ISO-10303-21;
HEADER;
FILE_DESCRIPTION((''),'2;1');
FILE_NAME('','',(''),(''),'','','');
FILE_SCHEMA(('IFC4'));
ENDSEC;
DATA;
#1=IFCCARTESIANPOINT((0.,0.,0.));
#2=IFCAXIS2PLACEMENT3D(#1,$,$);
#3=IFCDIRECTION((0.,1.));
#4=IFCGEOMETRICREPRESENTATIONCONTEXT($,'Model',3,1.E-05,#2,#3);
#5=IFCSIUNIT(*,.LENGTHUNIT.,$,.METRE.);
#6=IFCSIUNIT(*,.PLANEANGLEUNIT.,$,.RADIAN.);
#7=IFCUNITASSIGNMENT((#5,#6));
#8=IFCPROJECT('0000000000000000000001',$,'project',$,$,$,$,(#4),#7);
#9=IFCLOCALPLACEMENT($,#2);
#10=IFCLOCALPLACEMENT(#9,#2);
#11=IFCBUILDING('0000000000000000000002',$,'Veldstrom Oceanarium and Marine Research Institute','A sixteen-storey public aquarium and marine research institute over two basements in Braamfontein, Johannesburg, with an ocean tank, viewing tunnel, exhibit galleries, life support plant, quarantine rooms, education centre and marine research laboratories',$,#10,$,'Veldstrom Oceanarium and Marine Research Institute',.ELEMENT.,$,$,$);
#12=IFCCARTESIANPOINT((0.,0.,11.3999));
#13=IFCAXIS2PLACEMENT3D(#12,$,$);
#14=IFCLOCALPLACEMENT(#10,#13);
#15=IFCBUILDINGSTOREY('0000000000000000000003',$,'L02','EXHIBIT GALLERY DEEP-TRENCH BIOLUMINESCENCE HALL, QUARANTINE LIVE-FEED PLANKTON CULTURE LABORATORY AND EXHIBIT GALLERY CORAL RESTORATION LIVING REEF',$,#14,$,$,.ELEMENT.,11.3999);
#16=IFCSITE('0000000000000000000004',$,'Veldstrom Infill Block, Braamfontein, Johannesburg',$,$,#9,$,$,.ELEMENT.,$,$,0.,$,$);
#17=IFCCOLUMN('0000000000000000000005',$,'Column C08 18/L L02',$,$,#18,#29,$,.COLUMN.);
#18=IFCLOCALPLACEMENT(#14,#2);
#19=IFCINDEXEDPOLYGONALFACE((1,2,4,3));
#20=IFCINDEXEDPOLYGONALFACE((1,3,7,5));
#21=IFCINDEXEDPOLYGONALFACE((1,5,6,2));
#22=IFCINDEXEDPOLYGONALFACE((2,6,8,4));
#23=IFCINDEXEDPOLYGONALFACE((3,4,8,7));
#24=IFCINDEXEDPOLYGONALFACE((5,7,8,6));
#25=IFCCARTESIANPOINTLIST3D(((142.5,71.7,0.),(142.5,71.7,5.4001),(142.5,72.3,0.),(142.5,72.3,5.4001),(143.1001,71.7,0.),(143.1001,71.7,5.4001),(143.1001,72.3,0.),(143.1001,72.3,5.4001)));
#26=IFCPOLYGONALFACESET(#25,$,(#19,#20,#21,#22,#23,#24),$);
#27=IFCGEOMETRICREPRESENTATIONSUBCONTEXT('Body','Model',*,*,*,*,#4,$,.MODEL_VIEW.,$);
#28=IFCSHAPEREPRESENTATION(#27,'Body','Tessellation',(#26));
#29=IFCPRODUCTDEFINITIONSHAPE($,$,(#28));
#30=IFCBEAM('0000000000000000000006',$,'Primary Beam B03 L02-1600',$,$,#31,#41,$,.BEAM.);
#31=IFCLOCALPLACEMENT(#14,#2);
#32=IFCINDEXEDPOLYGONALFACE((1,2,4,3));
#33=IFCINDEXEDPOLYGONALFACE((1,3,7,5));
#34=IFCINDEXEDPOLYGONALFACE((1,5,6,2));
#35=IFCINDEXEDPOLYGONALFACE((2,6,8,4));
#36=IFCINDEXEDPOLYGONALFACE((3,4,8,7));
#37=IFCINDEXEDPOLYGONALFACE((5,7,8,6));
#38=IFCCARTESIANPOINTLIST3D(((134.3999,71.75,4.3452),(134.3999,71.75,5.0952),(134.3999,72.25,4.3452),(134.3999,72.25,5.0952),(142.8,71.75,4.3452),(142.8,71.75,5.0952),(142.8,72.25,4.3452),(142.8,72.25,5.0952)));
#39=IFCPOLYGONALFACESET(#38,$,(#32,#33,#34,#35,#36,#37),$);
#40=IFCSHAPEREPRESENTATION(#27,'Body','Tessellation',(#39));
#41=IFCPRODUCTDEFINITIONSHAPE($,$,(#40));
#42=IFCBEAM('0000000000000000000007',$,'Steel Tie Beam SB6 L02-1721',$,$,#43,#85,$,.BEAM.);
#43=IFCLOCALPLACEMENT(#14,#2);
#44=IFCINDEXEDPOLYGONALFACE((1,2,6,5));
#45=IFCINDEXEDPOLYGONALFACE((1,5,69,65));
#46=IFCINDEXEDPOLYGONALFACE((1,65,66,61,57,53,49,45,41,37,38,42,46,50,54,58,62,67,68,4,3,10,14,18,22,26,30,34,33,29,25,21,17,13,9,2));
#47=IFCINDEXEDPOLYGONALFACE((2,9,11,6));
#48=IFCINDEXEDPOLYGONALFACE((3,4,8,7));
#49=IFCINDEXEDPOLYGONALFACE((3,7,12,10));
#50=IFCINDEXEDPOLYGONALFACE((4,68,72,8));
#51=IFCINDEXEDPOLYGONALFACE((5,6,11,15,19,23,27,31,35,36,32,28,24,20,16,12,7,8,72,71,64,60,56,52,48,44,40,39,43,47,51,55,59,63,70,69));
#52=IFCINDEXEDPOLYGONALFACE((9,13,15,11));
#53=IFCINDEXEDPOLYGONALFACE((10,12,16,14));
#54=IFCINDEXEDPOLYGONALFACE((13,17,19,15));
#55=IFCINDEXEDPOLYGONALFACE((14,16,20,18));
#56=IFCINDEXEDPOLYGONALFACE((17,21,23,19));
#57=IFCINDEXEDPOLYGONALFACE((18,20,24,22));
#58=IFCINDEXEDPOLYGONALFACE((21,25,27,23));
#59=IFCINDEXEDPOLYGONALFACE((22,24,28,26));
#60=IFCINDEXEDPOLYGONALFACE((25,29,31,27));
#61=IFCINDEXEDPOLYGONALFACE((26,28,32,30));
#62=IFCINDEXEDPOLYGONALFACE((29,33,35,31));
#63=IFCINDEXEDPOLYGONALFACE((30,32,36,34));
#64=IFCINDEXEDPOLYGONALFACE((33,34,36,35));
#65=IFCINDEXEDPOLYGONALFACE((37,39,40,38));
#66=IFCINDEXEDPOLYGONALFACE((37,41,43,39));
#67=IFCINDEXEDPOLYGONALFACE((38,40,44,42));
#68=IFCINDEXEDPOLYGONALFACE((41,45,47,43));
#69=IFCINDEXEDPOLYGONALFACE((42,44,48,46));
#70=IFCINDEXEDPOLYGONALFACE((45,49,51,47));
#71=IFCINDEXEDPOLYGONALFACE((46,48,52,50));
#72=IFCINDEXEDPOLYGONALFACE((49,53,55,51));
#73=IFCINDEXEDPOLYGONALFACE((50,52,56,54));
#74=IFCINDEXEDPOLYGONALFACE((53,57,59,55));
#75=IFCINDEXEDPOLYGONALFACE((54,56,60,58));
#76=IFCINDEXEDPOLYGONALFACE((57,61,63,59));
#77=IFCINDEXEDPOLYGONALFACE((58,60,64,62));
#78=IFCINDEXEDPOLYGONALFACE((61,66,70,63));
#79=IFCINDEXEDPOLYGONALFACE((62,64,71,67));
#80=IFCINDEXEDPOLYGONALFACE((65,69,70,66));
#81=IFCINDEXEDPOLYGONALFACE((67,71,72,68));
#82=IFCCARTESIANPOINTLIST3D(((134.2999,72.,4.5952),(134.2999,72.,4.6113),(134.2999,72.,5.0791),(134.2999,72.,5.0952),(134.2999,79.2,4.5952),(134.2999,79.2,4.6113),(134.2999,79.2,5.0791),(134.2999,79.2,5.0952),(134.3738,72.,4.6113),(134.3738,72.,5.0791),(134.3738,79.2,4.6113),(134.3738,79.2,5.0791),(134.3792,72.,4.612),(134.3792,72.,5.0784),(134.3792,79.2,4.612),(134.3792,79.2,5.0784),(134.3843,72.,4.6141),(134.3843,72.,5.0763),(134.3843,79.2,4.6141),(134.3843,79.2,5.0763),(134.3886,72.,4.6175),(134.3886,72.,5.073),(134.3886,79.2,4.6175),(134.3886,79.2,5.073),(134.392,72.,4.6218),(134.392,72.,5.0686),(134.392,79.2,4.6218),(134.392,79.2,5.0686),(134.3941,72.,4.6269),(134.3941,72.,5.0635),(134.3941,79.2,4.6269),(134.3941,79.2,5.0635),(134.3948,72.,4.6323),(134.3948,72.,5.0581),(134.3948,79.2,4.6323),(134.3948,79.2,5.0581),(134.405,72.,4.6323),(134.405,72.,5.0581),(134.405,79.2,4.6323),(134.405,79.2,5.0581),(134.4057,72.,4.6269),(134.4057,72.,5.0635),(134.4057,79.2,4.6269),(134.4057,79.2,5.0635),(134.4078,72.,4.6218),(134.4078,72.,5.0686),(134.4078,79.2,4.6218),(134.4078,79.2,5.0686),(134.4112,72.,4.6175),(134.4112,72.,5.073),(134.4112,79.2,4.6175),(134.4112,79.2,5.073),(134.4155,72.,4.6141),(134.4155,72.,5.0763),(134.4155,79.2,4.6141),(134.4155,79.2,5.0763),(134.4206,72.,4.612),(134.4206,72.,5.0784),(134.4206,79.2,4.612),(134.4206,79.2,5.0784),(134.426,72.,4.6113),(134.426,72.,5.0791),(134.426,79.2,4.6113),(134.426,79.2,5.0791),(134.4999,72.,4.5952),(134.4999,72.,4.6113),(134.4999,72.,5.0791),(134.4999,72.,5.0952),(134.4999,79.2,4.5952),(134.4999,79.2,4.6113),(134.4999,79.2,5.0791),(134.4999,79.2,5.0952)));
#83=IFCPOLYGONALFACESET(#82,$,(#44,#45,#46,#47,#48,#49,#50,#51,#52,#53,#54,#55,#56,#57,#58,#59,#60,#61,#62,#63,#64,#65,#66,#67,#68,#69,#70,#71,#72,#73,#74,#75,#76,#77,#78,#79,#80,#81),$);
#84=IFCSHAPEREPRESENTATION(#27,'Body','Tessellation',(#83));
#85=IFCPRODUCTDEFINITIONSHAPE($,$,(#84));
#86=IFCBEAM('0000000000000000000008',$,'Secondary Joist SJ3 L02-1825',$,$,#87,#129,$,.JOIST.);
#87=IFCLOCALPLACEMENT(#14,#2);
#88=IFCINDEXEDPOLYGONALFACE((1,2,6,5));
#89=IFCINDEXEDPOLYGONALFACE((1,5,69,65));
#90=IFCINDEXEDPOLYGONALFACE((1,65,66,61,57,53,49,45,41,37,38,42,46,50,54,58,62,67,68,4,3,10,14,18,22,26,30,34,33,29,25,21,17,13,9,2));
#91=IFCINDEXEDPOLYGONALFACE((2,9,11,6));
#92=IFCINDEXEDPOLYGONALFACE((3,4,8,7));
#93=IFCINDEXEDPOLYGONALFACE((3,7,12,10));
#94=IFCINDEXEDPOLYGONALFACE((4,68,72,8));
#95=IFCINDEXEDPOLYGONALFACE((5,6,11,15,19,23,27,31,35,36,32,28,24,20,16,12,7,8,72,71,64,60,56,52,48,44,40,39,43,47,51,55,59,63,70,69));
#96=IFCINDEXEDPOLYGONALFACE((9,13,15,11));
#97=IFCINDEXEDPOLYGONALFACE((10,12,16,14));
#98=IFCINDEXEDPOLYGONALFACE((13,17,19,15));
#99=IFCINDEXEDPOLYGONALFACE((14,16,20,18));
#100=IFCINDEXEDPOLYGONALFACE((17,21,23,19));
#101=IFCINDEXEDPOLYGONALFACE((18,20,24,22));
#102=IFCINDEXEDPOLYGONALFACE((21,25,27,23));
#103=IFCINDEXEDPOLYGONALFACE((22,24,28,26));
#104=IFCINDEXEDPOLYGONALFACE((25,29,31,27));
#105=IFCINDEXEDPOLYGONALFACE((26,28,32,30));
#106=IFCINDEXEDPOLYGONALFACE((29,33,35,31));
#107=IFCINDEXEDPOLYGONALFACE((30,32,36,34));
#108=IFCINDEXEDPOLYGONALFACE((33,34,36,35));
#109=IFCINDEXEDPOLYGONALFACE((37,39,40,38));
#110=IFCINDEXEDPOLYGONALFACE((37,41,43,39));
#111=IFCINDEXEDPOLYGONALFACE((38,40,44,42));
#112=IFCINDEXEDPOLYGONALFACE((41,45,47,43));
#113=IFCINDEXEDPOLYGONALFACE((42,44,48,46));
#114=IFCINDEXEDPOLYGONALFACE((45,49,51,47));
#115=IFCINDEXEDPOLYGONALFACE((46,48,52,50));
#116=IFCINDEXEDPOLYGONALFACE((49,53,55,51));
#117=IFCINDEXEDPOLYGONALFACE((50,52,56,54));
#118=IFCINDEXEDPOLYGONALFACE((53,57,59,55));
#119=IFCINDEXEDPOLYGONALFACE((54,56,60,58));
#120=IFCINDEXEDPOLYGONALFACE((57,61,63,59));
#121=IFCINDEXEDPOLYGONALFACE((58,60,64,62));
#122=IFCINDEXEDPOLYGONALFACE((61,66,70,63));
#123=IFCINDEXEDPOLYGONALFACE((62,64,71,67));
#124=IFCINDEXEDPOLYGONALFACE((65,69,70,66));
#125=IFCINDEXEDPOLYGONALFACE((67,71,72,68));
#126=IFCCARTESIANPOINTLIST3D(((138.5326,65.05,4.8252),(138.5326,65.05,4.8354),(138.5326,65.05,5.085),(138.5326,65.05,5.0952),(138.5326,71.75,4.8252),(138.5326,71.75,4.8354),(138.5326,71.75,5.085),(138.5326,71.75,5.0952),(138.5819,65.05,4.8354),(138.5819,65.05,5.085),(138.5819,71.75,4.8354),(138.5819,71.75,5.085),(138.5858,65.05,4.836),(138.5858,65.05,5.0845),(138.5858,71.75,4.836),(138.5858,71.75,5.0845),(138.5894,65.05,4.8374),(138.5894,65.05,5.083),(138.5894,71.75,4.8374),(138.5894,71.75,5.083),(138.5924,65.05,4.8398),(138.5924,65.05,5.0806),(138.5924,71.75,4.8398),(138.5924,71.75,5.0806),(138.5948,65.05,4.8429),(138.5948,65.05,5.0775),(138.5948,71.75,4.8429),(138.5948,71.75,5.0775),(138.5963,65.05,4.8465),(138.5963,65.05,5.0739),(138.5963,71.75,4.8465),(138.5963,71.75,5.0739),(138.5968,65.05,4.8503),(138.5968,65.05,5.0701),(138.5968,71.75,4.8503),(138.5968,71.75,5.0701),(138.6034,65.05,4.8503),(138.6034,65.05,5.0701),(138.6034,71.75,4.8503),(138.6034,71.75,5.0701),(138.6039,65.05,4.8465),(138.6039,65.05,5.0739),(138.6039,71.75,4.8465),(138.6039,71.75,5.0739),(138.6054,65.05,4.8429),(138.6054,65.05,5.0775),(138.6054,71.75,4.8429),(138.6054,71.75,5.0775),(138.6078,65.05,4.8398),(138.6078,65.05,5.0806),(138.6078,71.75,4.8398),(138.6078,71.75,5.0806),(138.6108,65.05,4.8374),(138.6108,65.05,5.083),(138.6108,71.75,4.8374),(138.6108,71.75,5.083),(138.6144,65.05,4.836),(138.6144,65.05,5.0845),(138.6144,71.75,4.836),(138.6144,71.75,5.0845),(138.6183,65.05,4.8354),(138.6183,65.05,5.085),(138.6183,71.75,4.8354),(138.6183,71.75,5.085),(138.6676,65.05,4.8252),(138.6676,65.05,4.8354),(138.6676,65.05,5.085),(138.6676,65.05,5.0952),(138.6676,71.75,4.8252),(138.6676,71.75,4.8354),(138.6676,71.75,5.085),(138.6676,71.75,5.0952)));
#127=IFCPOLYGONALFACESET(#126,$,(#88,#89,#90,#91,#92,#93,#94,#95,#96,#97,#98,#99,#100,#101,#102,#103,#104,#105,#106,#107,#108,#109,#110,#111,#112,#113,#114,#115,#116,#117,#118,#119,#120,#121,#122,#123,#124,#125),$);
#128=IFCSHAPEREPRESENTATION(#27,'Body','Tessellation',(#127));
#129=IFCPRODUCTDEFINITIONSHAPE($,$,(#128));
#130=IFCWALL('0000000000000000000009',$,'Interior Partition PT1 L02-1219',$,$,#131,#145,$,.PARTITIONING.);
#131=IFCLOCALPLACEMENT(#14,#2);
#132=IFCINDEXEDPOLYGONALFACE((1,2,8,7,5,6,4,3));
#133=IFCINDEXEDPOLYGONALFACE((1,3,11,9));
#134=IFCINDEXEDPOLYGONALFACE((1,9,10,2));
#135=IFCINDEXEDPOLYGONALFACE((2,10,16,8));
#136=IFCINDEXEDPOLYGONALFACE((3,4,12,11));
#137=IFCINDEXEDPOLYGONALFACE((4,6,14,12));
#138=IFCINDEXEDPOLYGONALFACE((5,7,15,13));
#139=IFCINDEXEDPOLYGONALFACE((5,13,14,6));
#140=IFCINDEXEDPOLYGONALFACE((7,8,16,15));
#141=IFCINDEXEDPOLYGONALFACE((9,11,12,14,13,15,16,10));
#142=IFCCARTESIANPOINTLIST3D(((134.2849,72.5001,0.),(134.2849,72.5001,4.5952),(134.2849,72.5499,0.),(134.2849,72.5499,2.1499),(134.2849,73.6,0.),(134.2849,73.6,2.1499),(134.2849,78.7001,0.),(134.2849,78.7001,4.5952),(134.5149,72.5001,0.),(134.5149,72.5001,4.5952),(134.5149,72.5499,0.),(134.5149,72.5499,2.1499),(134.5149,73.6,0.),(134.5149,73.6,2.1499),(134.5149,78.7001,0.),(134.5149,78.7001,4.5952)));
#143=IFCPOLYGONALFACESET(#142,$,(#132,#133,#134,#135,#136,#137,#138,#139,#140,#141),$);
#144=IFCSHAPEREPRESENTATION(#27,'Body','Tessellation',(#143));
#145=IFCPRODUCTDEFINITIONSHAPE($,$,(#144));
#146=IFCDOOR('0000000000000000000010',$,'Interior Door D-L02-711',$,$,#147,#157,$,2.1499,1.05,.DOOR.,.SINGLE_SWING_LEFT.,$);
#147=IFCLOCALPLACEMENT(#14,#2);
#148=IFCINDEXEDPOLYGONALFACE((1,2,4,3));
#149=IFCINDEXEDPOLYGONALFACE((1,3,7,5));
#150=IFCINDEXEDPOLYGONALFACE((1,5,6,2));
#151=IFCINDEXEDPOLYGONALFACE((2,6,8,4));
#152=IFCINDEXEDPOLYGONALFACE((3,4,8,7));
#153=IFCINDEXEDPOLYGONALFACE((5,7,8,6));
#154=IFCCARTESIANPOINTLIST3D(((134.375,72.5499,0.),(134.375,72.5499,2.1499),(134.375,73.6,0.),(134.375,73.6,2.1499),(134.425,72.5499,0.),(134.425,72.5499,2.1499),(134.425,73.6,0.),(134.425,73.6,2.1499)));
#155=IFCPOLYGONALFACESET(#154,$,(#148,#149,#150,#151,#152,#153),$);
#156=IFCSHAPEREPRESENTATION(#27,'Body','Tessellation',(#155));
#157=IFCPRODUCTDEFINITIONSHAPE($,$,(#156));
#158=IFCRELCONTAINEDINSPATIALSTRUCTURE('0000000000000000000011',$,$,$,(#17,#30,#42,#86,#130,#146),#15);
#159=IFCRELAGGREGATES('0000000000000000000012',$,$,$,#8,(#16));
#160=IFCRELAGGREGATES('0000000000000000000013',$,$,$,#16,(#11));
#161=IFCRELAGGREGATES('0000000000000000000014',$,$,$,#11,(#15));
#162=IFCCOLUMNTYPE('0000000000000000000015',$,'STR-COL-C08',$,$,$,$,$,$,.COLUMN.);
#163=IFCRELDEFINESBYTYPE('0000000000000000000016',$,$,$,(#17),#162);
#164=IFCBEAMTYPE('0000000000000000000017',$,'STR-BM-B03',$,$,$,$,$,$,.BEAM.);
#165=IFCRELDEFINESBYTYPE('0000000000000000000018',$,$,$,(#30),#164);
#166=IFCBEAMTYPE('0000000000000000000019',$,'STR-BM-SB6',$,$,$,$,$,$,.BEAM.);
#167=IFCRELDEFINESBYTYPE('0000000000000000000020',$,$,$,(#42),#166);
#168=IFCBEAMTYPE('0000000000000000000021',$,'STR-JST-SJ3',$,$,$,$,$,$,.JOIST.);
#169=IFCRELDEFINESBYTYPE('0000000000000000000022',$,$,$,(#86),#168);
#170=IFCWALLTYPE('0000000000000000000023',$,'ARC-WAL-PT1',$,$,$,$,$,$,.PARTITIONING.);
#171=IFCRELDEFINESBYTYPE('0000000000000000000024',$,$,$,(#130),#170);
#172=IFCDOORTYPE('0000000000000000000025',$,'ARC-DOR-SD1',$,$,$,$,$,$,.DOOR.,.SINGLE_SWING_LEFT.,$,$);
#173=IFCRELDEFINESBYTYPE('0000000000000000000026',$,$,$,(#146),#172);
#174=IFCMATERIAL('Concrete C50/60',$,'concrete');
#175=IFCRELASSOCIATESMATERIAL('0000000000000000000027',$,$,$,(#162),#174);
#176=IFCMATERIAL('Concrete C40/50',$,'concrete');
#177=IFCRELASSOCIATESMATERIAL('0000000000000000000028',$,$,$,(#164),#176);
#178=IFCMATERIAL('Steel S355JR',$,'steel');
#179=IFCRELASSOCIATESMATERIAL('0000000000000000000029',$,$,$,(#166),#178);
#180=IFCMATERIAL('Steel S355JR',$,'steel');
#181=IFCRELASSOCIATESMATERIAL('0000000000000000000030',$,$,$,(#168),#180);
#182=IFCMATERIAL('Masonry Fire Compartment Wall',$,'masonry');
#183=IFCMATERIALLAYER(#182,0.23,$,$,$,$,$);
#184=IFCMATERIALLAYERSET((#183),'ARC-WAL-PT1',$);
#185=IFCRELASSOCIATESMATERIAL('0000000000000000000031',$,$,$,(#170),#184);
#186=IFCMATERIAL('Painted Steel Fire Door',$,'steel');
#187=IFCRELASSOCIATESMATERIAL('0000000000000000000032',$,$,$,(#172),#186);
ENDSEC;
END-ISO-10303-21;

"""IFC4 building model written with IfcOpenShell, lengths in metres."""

from ifc_helpers import new_model, si_unit, direction, frame, frame_2d, origin, origin_2d, place, context, subcontext, project, spatial, rectangle, i_section, extrude, material, layer, layer_set, material_profile, profile_set, type_object, element, fill, save


model = new_model("IFC4")

# Units and contexts
model_context = context("Model", 3, precision=1e-05, world=origin(), true_north=direction((0.0, 1.0)))
body_context = subcontext(model_context, "Body", "Model", "MODEL_VIEW")
ifc_project = project(units=[si_unit("LENGTHUNIT", "METRE"), si_unit("PLANEANGLEUNIT", "RADIAN")], contexts=[model_context])

# Site, building, storey
site_placement = place(None, origin())
site = spatial("IfcSite", under=ifc_project, at=site_placement, Name="Veldstrom Infill Block, Braamfontein, Johannesburg", CompositionType="ELEMENT", RefElevation=0.0)
building_placement = place(site_placement, origin())
building = spatial("IfcBuilding", under=site, at=building_placement, Name="Veldstrom Oceanarium and Marine Research Institute", Description="A sixteen-storey public aquarium and marine research institute over two basements in Braamfontein, Johannesburg, with an ocean tank, viewing tunnel, exhibit galleries, life support plant, quarantine rooms, education centre and marine research laboratories", LongName="Veldstrom Oceanarium and Marine Research Institute", CompositionType="ELEMENT")
storey_placement = place(building_placement, frame((0.0, 0.0, 11.3999)))
storey = spatial("IfcBuildingStorey", under=building, at=storey_placement, Name="L02", Description="EXHIBIT GALLERY DEEP-TRENCH BIOLUMINESCENCE HALL, QUARANTINE LIVE-FEED PLANKTON CULTURE LABORATORY AND EXHIBIT GALLERY CORAL RESTORATION LIVING REEF", CompositionType="ELEMENT", Elevation=11.3999)

# Column
ifc_material_1 = material(Name="Concrete C50/60", Category="concrete")
ifc_material_profile_1 = material_profile(ifc_material_1, rectangle(XDim=0.6001, YDim=0.6001, at=origin_2d()), Name="RC-COL-600x600")
ifc_profile_set_1 = profile_set([ifc_material_profile_1], Name="Concrete C50/60")
column_type = type_object("IfcColumnType", Name="STR-COL-C08", PredefinedType="COLUMN", material=ifc_profile_set_1)
column_placement = place(storey_placement, frame((142.8, 72.0, 0.0), z_axis=(0.0, 0.0, 1.0), x_axis=(1.0, 0.0, 0.0)))
element("IfcColumn", 1, at=column_placement, inside=storey, type_object=column_type, Name="Column C08 18/L L02", PredefinedType="COLUMN", context=body_context, shape_type="SweptSolid", body=[
    extrude(rectangle(XDim=0.6001, YDim=0.6001, at=origin_2d()), origin(), (0.0, 0.0, 1.0), 5.4001),
])

# Beams
ifc_material_2 = material(Name="Concrete C40/50", Category="concrete")
ifc_material_profile_2 = material_profile(ifc_material_2, rectangle(XDim=0.5, YDim=0.75, at=origin_2d()), Name="RC-BM-500x750")
ifc_profile_set_2 = profile_set([ifc_material_profile_2], Name="Concrete C40/50")
beam_type_1 = type_object("IfcBeamType", Name="STR-BM-B03", PredefinedType="BEAM", material=ifc_profile_set_2)
beam_1_placement = place(storey_placement, frame((134.3999, 72.0, 4.7202), z_axis=(1.0, 0.0, 0.0), x_axis=(0.0, 1.0, 0.0)))
element("IfcBeam", 2, at=beam_1_placement, inside=storey, type_object=beam_type_1, Name="Primary Beam B03 L02-1600", PredefinedType="BEAM", context=body_context, shape_type="SweptSolid", body=[
    extrude(rectangle(XDim=0.5, YDim=0.75, at=origin_2d()), origin(), (0.0, 0.0, 1.0), 8.4001),
])
ifc_material_3 = material(Name="Steel S355JR", Category="steel")
ifc_material_profile_3 = material_profile(ifc_material_3, i_section(OverallWidth=0.2, OverallDepth=0.5, WebThickness=0.0103, FlangeThickness=0.0161, FilletRadius=0.021, at=origin_2d()), Name="IPE 500")
ifc_profile_set_3 = profile_set([ifc_material_profile_3], Name="Steel S355JR")
beam_type_2 = type_object("IfcBeamType", Name="STR-BM-SB6", PredefinedType="BEAM", material=ifc_profile_set_3)
beam_2_placement = place(storey_placement, frame((134.3999, 72.0, 4.8452), z_axis=(0.0, 1.0, 0.0), x_axis=(-1.0, 0.0, 0.0)))
element("IfcBeam", 3, at=beam_2_placement, inside=storey, type_object=beam_type_2, Name="Steel Tie Beam SB6 L02-1721", PredefinedType="BEAM", context=body_context, shape_type="SweptSolid", body=[
    extrude(i_section(OverallWidth=0.2, OverallDepth=0.5, WebThickness=0.0103, FlangeThickness=0.0161, FilletRadius=0.021, at=origin_2d()), origin(), (0.0, 0.0, 1.0), 7.2),
])
ifc_material_4 = material(Name="Steel S355JR", Category="steel")
ifc_material_profile_4 = material_profile(ifc_material_4, i_section(OverallWidth=0.135, OverallDepth=0.27, WebThickness=0.0066, FlangeThickness=0.0103, FilletRadius=0.0149, at=origin_2d()), Name="IPE 270")
ifc_profile_set_4 = profile_set([ifc_material_profile_4], Name="Steel S355JR")
beam_type_3 = type_object("IfcBeamType", Name="STR-JST-SJ3", PredefinedType="JOIST", material=ifc_profile_set_4)
beam_3_placement = place(storey_placement, frame((138.6001, 65.05, 4.9602), z_axis=(0.0, 1.0, 0.0), x_axis=(-1.0, 0.0, 0.0)))
element("IfcBeam", 4, at=beam_3_placement, inside=storey, type_object=beam_type_3, Name="Secondary Joist SJ3 L02-1825", PredefinedType="JOIST", context=body_context, shape_type="SweptSolid", body=[
    extrude(i_section(OverallWidth=0.135, OverallDepth=0.27, WebThickness=0.0066, FlangeThickness=0.0103, FilletRadius=0.0149, at=origin_2d()), origin(), (0.0, 0.0, 1.0), 6.7),
])

# Wall, opening, door
ifc_material_5 = material(Name="Masonry Fire Compartment Wall", Category="masonry")
ifc_layer_1 = layer(ifc_material_5, 0.23)
ifc_layer_set_1 = layer_set([ifc_layer_1], Name="ARC-WAL-PT1")
wall_type_1 = type_object("IfcWallType", Name="ARC-WAL-PT1", PredefinedType="PARTITIONING", material=ifc_layer_set_1)
wall_1_placement = place(storey_placement, frame((134.3999, 72.5, 0.0), z_axis=(0.0, 0.0, 1.0), x_axis=(0.0, 1.0, 0.0)))
wall_1 = element("IfcWall", 5, at=wall_1_placement, inside=storey, type_object=wall_type_1, Name="Interior Partition PT1 L02-1219", PredefinedType="PARTITIONING", context=body_context, shape_type="SweptSolid", body=[
    extrude(rectangle(XDim=6.2, YDim=0.23, at=frame_2d((3.1001, 0.0))), origin(), (0.0, 0.0, 1.0), 4.5952),
])
opening_1_placement = place(wall_1_placement, frame((0.05, 0.0, 0.0)))
opening_1 = element("IfcOpeningElement", 6, at=opening_1_placement, cuts=wall_1, PredefinedType="OPENING", context=body_context, shape_type="SweptSolid", body=[
    extrude(rectangle(XDim=1.05, YDim=2.1499, at=frame_2d((0.5249, 1.075))), frame((0.0, 0.125, 0.0), z_axis=(0.0, -1.0, 0.0), x_axis=(1.0, 0.0, 0.0)), (0.0, 0.0, 1.0), 0.25),
])
ifc_material_6 = material(Name="Painted Steel Fire Door", Category="steel")
door_type_1 = type_object("IfcDoorType", Name="ARC-DOR-SD1", OperationType="SINGLE_SWING_LEFT", PredefinedType="DOOR", material=ifc_material_6)
door_1_placement = place(opening_1_placement, origin())
door_1 = element("IfcDoor", 7, at=door_1_placement, inside=storey, type_object=door_type_1, Name="Interior Door D-L02-711", OperationType="SINGLE_SWING_LEFT", OverallHeight=2.1499, OverallWidth=1.05, PredefinedType="DOOR", context=body_context, shape_type="SweptSolid", body=[
    extrude(rectangle(XDim=1.05, YDim=2.1499, at=frame_2d((0.5249, 1.075))), frame((0.0, 0.0249, 0.0), z_axis=(0.0, -1.0, 0.0), x_axis=(1.0, 0.0, 0.0)), (0.0, 0.0, 1.0), 0.05),
])
fill(opening_1, door_1)

save(model, "model.ifc")
